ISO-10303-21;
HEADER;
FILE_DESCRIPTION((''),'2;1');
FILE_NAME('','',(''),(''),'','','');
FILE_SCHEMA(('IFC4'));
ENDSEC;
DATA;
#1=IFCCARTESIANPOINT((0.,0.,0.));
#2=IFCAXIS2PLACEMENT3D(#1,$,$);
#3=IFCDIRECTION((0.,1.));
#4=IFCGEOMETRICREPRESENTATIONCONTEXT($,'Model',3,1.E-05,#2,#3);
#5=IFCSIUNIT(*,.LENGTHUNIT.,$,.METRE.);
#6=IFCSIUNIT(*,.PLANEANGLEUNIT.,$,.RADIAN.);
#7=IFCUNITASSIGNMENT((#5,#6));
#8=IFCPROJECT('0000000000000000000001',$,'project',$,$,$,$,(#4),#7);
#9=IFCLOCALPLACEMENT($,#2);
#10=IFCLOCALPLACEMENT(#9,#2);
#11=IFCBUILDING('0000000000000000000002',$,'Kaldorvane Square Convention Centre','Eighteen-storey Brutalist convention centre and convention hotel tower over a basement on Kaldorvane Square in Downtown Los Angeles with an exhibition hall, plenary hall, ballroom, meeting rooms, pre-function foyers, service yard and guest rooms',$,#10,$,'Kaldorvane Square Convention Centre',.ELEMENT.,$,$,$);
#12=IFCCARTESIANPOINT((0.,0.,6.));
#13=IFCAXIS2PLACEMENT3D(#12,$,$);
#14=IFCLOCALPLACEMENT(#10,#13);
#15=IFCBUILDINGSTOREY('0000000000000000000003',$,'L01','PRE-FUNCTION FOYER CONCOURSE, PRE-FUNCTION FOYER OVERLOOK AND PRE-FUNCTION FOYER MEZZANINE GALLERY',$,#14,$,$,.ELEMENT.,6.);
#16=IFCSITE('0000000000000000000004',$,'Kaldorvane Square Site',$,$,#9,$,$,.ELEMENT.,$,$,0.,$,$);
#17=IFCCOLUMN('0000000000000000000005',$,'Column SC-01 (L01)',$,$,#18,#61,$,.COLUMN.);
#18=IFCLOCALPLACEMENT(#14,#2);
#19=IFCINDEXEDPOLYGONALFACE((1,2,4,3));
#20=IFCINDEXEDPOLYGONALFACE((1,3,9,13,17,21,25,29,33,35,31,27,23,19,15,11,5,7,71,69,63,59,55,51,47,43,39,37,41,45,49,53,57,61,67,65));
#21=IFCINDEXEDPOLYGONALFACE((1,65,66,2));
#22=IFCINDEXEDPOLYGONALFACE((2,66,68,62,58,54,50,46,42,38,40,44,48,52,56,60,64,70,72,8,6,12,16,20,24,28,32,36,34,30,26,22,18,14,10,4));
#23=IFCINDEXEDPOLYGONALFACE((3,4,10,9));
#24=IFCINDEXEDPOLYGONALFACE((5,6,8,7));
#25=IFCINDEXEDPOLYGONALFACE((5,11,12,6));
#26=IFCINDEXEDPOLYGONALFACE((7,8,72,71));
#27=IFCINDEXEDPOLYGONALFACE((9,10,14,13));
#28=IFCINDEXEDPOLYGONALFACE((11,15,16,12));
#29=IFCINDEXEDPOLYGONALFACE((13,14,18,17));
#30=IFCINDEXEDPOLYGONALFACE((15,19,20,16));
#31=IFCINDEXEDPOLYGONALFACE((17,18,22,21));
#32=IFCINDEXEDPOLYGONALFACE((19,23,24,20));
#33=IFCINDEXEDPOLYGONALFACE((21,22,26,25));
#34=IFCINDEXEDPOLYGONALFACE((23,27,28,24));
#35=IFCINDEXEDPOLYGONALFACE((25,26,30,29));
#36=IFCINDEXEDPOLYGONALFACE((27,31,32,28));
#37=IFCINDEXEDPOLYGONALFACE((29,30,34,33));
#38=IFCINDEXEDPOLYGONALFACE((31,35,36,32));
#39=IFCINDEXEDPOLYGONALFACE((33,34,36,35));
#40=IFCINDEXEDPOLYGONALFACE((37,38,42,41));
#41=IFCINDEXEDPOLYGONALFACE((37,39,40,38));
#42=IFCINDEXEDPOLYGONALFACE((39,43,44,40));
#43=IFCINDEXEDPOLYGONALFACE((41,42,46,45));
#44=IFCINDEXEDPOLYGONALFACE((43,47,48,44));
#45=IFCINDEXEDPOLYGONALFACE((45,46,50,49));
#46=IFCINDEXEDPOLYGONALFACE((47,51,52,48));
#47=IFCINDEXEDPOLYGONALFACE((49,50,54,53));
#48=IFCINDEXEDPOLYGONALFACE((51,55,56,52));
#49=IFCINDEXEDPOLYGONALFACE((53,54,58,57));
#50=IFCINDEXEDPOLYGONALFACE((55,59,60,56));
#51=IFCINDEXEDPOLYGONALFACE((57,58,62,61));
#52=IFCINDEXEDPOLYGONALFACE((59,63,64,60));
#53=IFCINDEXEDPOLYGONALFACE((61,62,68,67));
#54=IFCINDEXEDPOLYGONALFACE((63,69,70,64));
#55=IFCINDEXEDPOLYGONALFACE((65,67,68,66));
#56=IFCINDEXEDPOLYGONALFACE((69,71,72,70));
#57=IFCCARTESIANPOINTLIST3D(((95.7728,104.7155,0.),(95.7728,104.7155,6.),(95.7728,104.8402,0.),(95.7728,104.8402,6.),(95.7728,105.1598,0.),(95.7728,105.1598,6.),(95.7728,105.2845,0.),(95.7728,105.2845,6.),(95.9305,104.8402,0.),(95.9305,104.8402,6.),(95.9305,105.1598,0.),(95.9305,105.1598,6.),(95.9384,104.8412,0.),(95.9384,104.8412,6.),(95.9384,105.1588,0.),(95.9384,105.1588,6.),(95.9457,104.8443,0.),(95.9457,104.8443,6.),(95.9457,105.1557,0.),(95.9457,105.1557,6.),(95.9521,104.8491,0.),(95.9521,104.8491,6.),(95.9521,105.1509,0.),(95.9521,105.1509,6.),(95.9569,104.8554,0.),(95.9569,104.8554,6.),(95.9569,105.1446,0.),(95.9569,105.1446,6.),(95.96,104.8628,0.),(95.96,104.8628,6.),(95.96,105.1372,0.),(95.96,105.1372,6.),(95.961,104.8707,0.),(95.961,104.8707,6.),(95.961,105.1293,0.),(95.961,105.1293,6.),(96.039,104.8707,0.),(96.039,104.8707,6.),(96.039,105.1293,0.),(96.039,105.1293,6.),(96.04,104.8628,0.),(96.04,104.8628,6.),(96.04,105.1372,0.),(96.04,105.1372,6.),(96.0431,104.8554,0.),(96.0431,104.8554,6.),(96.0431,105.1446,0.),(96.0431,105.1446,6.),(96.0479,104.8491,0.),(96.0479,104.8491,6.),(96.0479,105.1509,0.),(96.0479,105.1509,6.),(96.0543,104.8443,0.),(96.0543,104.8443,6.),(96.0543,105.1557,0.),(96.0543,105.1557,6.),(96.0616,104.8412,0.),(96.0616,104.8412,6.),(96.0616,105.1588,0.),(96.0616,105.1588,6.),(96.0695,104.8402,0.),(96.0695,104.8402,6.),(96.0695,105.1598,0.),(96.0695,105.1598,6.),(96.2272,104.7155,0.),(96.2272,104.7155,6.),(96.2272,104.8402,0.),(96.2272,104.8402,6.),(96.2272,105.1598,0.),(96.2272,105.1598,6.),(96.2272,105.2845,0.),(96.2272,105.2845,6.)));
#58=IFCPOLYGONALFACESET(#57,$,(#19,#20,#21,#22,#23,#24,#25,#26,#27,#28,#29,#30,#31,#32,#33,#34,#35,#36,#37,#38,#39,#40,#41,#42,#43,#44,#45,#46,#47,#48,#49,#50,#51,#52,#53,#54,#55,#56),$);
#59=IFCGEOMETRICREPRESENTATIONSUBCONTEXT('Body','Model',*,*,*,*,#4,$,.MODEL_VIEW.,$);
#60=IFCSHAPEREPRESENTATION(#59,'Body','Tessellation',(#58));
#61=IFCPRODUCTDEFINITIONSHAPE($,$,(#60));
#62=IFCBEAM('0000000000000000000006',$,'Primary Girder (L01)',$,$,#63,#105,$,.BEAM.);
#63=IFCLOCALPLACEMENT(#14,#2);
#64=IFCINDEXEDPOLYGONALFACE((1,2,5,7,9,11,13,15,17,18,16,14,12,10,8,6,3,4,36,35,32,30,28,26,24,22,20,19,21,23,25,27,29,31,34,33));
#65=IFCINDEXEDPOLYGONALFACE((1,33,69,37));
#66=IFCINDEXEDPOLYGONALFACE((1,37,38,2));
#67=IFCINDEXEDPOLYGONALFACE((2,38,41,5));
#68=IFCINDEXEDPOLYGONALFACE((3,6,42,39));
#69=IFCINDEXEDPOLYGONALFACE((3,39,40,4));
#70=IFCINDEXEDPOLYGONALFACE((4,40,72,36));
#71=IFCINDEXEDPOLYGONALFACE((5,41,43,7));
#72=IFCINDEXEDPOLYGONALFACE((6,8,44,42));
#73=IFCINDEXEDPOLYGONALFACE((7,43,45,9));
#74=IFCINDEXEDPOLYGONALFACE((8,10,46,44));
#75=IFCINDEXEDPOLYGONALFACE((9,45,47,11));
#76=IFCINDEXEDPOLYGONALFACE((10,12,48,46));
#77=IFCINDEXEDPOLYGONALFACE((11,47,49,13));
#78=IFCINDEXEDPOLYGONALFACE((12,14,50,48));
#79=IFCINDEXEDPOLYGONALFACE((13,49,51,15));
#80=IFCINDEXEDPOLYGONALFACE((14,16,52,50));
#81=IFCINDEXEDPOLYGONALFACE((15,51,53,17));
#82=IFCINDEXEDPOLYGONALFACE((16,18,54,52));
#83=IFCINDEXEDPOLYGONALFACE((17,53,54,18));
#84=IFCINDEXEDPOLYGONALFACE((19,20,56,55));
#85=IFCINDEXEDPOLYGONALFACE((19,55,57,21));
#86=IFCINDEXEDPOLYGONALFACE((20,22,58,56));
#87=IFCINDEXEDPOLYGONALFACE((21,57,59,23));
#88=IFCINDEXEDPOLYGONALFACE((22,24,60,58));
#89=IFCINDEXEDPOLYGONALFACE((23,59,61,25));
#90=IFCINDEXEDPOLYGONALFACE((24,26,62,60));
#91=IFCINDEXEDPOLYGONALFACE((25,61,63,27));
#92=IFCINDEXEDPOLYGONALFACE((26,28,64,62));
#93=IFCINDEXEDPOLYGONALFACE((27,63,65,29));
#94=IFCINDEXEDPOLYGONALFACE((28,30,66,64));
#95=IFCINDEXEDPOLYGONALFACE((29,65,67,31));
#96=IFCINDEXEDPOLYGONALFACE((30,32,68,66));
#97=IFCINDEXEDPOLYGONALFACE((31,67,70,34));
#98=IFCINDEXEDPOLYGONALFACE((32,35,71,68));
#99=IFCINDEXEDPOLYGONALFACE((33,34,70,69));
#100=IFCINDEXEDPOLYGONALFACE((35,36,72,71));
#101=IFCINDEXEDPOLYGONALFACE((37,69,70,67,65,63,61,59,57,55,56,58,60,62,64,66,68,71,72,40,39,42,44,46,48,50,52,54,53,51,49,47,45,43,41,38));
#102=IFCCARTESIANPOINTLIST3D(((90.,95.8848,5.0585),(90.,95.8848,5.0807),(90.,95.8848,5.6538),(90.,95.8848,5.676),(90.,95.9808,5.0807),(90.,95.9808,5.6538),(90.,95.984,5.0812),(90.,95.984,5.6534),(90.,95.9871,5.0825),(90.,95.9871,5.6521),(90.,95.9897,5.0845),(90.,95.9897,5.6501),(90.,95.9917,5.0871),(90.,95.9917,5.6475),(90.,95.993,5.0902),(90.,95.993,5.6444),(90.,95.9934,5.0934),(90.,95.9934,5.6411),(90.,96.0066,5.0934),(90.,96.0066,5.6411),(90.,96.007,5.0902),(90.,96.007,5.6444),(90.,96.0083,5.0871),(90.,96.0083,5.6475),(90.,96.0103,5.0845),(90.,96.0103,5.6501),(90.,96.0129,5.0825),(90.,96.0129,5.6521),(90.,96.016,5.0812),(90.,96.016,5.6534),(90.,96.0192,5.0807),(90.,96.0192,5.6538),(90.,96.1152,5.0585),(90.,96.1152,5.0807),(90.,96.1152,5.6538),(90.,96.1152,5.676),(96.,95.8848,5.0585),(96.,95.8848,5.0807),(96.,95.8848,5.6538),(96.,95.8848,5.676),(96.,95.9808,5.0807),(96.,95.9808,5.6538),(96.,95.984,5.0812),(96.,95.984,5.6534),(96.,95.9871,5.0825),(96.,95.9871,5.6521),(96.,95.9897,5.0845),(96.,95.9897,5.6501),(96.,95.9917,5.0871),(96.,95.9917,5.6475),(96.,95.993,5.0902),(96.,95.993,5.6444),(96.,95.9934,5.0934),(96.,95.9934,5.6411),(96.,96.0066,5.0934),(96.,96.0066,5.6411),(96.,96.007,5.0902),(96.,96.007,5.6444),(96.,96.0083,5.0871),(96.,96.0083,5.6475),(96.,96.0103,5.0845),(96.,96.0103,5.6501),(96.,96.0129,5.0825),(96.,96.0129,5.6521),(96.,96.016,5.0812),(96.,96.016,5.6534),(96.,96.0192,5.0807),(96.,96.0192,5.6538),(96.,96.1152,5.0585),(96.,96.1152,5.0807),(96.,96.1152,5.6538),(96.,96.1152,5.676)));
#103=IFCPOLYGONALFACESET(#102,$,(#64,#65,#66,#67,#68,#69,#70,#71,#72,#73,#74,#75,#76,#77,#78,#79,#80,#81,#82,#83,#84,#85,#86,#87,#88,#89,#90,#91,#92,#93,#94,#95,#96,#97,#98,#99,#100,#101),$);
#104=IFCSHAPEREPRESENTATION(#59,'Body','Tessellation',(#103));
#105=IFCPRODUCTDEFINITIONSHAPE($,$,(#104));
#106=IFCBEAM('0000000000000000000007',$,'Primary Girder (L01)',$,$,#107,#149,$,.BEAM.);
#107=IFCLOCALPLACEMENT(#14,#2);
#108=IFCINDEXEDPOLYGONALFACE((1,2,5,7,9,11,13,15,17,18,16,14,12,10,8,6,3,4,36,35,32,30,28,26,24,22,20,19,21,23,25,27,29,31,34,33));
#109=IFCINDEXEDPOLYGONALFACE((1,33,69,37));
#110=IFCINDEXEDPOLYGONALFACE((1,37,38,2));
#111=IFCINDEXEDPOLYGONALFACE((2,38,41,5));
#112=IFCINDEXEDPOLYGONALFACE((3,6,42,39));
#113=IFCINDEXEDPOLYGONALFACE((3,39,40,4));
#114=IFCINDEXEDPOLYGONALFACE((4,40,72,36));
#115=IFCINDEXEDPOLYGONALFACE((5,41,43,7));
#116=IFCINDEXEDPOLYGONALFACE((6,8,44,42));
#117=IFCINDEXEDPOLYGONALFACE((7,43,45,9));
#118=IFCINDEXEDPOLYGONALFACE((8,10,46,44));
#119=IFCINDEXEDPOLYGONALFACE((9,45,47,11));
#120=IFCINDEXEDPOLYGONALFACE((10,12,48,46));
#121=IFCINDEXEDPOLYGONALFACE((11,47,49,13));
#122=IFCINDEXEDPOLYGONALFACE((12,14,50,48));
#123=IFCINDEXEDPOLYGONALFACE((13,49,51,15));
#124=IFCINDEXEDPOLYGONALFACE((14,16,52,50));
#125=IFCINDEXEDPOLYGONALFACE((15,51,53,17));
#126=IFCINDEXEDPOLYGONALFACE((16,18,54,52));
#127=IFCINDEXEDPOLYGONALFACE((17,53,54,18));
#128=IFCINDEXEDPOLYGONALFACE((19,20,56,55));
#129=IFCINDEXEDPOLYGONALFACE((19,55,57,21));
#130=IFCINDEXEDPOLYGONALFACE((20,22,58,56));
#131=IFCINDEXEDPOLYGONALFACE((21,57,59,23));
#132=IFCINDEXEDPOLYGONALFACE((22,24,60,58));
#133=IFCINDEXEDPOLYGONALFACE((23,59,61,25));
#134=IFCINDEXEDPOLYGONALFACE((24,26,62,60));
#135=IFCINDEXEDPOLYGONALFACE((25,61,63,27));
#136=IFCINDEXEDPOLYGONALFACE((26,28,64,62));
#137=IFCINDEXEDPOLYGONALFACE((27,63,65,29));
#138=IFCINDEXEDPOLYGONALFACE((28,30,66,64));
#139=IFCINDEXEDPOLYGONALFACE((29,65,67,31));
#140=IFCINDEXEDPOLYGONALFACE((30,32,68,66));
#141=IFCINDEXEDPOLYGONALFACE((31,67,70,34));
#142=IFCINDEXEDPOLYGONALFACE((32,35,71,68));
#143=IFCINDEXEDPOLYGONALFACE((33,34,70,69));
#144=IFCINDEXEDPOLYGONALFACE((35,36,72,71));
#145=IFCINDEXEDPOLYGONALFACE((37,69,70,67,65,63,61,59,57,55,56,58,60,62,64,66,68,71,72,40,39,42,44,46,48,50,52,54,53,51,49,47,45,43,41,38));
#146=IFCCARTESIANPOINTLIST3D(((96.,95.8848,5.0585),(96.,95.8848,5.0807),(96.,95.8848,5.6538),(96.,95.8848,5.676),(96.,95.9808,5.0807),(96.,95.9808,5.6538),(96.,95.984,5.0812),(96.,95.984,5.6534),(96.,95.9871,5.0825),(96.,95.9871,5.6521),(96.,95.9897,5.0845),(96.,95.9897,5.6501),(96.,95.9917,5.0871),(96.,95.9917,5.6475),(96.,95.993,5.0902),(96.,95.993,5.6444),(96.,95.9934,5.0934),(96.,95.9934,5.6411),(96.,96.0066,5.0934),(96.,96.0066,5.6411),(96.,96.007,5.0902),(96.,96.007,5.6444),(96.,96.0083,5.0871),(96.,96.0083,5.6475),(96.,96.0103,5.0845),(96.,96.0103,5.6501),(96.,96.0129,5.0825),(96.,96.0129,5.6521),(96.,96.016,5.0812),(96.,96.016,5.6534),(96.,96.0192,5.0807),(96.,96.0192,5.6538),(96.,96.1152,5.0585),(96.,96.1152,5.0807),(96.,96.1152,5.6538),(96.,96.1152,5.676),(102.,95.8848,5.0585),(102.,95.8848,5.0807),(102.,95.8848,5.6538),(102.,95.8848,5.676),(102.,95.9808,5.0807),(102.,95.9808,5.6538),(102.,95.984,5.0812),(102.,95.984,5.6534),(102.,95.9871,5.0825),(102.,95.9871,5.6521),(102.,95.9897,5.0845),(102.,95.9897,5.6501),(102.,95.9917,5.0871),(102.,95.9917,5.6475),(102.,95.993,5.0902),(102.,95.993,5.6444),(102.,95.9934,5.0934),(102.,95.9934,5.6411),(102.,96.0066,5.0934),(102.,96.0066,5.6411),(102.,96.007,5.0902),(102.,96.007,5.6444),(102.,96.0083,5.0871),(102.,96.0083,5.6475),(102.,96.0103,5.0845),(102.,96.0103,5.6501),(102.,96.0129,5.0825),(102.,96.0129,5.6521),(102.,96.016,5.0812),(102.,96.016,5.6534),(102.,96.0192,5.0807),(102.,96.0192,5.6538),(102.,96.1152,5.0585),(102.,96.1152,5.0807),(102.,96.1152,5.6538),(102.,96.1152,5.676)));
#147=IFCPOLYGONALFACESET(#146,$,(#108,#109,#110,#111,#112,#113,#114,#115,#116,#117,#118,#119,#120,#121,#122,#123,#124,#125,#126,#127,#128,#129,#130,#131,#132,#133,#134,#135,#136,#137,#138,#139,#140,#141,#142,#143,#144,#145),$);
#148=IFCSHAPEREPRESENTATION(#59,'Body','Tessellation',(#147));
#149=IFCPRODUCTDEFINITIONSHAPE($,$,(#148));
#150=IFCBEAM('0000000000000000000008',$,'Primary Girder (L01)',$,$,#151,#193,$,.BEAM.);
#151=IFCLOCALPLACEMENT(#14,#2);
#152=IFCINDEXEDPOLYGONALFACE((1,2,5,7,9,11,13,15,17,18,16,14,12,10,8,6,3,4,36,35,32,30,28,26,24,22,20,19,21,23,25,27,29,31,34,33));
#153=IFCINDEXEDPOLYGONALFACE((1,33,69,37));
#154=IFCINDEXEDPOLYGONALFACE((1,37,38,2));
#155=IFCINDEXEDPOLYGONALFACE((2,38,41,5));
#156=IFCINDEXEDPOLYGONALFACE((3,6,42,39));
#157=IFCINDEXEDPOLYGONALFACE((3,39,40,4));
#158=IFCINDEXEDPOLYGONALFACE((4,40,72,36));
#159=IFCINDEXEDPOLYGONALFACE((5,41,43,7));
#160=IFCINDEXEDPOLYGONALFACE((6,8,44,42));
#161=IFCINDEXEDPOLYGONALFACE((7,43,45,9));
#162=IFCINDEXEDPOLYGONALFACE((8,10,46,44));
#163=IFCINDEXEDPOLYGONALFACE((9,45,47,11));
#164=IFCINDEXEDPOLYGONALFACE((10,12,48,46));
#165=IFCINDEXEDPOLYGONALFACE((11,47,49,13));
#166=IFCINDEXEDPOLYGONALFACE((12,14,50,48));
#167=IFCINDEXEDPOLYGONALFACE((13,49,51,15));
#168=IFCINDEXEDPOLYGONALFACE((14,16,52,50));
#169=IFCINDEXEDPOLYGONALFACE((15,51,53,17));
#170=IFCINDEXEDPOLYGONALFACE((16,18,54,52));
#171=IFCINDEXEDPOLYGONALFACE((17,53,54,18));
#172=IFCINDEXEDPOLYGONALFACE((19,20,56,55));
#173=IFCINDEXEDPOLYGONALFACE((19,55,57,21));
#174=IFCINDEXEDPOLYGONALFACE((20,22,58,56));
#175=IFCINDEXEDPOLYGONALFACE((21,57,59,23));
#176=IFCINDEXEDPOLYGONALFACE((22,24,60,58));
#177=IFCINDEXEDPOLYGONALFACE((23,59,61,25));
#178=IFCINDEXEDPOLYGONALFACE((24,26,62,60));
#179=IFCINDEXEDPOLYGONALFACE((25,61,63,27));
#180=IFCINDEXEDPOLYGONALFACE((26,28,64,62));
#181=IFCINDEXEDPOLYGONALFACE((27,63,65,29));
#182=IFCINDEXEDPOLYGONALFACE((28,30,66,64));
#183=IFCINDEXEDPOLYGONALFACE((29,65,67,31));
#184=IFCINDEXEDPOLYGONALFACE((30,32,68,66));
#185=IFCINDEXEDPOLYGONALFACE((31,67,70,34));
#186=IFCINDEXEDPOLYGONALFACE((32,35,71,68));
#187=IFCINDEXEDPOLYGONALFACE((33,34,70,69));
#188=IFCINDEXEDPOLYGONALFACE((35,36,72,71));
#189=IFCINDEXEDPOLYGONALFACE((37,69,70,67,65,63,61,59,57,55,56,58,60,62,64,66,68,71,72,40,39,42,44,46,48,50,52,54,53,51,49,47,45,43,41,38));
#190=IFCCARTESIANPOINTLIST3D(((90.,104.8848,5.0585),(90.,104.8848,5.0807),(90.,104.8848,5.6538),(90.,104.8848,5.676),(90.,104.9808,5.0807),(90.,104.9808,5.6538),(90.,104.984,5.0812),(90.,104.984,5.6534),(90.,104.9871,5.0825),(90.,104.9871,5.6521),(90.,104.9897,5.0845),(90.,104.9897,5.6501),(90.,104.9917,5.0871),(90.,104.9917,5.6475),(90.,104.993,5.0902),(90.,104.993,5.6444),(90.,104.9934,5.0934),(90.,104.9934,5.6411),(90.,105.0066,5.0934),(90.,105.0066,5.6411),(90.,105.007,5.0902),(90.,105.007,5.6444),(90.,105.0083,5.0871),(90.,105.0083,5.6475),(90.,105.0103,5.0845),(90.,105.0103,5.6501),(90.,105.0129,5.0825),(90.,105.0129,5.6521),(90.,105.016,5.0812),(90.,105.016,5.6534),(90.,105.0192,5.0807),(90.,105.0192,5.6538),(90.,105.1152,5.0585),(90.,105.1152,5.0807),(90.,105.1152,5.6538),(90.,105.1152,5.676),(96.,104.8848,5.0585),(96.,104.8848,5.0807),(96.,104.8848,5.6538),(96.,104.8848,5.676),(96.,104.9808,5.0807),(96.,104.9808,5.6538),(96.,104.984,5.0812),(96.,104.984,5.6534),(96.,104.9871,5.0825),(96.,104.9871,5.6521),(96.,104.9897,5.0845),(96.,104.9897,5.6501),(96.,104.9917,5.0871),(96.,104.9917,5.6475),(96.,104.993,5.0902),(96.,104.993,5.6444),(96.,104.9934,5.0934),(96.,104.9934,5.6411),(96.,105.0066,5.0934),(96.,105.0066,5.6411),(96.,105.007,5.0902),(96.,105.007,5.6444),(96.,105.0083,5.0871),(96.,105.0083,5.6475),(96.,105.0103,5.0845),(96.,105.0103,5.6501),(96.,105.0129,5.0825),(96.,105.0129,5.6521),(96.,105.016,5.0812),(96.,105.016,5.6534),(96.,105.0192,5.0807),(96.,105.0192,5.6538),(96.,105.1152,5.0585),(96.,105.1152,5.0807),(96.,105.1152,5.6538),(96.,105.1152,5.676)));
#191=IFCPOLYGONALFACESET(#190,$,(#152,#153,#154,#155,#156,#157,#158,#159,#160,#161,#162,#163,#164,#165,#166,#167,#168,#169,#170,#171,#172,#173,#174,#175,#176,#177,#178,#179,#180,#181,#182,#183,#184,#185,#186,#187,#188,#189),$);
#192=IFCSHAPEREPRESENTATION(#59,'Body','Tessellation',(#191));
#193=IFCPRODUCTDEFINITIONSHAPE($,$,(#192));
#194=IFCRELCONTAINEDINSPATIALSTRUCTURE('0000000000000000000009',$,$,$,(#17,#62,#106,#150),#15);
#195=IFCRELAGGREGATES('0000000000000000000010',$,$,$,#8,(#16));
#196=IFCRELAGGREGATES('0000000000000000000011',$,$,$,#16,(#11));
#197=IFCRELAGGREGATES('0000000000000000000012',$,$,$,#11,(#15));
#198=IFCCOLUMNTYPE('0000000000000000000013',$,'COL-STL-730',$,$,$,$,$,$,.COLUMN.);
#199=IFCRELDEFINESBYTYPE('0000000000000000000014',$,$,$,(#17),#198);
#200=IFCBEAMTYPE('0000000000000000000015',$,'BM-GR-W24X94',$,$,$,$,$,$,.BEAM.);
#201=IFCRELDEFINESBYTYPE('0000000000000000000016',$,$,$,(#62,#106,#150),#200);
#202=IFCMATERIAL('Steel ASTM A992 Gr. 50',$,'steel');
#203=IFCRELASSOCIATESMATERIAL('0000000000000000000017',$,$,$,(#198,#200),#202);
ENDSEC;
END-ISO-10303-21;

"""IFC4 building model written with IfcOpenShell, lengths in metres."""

from ifc_helpers import new_model, si_unit, direction, frame, origin, origin_2d, place, context, subcontext, project, spatial, i_section, extrude, material, material_profile, profile_set, type_object, element, save


model = new_model("IFC4")

# Units and contexts
model_context = context("Model", 3, precision=1e-05, world=origin(), true_north=direction((0.0, 1.0)))
body_context = subcontext(model_context, "Body", "Model", "MODEL_VIEW")
ifc_project = project(units=[si_unit("LENGTHUNIT", "METRE"), si_unit("PLANEANGLEUNIT", "RADIAN")], contexts=[model_context])

# Site, building, storey
site_placement = place(None, origin())
site = spatial("IfcSite", under=ifc_project, at=site_placement, Name="Kaldorvane Square Site", CompositionType="ELEMENT", RefElevation=0.0)
building_placement = place(site_placement, origin())
building = spatial("IfcBuilding", under=site, at=building_placement, Name="Kaldorvane Square Convention Centre", Description="Eighteen-storey Brutalist convention centre and convention hotel tower over a basement on Kaldorvane Square in Downtown Los Angeles with an exhibition hall, plenary hall, ballroom, meeting rooms, pre-function foyers, service yard and guest rooms", LongName="Kaldorvane Square Convention Centre", CompositionType="ELEMENT")
storey_placement = place(building_placement, frame((0.0, 0.0, 6.0)))
storey = spatial("IfcBuildingStorey", under=building, at=storey_placement, Name="L01", Description="PRE-FUNCTION FOYER CONCOURSE, PRE-FUNCTION FOYER OVERLOOK AND PRE-FUNCTION FOYER MEZZANINE GALLERY", CompositionType="ELEMENT", Elevation=6.0)

# Column
ifc_material_1 = material(Name="Steel ASTM A992 Gr. 50", Category="steel")
ifc_material_profile_1 = material_profile(ifc_material_1, i_section(OverallWidth=0.4544, OverallDepth=0.569, WebThickness=0.078, FlangeThickness=0.1247, FilletRadius=0.0305, at=origin_2d()), Name="W14X730")
ifc_profile_set_1 = profile_set([ifc_material_profile_1], Name="Steel ASTM A992 Gr. 50")
column_type_1 = type_object("IfcColumnType", Name="COL-STL-730", PredefinedType="COLUMN", material=ifc_profile_set_1)
for number, where, z_axis, x_axis, name in (
    (1, (96.0, 105.0, 0.0), (0.0, 0.0, 1.0), (1.0, 0.0, 0.0), "Column SC-01 (L01)"),
):
    element("IfcColumn", number, at=place(storey_placement, frame(where, z_axis=z_axis, x_axis=x_axis)), inside=storey, type_object=column_type_1, Name=name, PredefinedType="COLUMN", context=body_context, shape_type="SweptSolid", body=[
        extrude(i_section(OverallWidth=0.4544, OverallDepth=0.569, WebThickness=0.078, FlangeThickness=0.1247, FilletRadius=0.0305, at=origin_2d()), origin(), (0.0, 0.0, 1.0), 6.0),
    ])

# Beams
ifc_material_profile_2 = material_profile(ifc_material_1, i_section(OverallWidth=0.2303, OverallDepth=0.6175, WebThickness=0.0131, FlangeThickness=0.0222, FilletRadius=0.0127, at=origin_2d()), Name="W24X94")
ifc_profile_set_2 = profile_set([ifc_material_profile_2], Name="Steel ASTM A992 Gr. 50")
beam_type_1 = type_object("IfcBeamType", Name="BM-GR-W24X94", PredefinedType="BEAM", material=ifc_profile_set_2)
for number, where, z_axis, x_axis, name in (
    (2, (90.0, 96.0, 5.3673), (1.0, 0.0, 0.0), (0.0, 1.0, 0.0), "Primary Girder (L01)"),
    (3, (96.0, 96.0, 5.3673), (1.0, 0.0, 0.0), (0.0, 1.0, 0.0), "Primary Girder (L01)"),
    (4, (90.0, 105.0, 5.3673), (1.0, 0.0, 0.0), (0.0, 1.0, 0.0), "Primary Girder (L01)"),
):
    element("IfcBeam", number, at=place(storey_placement, frame(where, z_axis=z_axis, x_axis=x_axis)), inside=storey, type_object=beam_type_1, Name=name, PredefinedType="BEAM", context=body_context, shape_type="SweptSolid", body=[
        extrude(i_section(OverallWidth=0.2303, OverallDepth=0.6175, WebThickness=0.0131, FlangeThickness=0.0222, FilletRadius=0.0127, at=origin_2d()), origin(), (0.0, 0.0, 1.0), 6.0),
    ])

save(model, "model.ifc")
